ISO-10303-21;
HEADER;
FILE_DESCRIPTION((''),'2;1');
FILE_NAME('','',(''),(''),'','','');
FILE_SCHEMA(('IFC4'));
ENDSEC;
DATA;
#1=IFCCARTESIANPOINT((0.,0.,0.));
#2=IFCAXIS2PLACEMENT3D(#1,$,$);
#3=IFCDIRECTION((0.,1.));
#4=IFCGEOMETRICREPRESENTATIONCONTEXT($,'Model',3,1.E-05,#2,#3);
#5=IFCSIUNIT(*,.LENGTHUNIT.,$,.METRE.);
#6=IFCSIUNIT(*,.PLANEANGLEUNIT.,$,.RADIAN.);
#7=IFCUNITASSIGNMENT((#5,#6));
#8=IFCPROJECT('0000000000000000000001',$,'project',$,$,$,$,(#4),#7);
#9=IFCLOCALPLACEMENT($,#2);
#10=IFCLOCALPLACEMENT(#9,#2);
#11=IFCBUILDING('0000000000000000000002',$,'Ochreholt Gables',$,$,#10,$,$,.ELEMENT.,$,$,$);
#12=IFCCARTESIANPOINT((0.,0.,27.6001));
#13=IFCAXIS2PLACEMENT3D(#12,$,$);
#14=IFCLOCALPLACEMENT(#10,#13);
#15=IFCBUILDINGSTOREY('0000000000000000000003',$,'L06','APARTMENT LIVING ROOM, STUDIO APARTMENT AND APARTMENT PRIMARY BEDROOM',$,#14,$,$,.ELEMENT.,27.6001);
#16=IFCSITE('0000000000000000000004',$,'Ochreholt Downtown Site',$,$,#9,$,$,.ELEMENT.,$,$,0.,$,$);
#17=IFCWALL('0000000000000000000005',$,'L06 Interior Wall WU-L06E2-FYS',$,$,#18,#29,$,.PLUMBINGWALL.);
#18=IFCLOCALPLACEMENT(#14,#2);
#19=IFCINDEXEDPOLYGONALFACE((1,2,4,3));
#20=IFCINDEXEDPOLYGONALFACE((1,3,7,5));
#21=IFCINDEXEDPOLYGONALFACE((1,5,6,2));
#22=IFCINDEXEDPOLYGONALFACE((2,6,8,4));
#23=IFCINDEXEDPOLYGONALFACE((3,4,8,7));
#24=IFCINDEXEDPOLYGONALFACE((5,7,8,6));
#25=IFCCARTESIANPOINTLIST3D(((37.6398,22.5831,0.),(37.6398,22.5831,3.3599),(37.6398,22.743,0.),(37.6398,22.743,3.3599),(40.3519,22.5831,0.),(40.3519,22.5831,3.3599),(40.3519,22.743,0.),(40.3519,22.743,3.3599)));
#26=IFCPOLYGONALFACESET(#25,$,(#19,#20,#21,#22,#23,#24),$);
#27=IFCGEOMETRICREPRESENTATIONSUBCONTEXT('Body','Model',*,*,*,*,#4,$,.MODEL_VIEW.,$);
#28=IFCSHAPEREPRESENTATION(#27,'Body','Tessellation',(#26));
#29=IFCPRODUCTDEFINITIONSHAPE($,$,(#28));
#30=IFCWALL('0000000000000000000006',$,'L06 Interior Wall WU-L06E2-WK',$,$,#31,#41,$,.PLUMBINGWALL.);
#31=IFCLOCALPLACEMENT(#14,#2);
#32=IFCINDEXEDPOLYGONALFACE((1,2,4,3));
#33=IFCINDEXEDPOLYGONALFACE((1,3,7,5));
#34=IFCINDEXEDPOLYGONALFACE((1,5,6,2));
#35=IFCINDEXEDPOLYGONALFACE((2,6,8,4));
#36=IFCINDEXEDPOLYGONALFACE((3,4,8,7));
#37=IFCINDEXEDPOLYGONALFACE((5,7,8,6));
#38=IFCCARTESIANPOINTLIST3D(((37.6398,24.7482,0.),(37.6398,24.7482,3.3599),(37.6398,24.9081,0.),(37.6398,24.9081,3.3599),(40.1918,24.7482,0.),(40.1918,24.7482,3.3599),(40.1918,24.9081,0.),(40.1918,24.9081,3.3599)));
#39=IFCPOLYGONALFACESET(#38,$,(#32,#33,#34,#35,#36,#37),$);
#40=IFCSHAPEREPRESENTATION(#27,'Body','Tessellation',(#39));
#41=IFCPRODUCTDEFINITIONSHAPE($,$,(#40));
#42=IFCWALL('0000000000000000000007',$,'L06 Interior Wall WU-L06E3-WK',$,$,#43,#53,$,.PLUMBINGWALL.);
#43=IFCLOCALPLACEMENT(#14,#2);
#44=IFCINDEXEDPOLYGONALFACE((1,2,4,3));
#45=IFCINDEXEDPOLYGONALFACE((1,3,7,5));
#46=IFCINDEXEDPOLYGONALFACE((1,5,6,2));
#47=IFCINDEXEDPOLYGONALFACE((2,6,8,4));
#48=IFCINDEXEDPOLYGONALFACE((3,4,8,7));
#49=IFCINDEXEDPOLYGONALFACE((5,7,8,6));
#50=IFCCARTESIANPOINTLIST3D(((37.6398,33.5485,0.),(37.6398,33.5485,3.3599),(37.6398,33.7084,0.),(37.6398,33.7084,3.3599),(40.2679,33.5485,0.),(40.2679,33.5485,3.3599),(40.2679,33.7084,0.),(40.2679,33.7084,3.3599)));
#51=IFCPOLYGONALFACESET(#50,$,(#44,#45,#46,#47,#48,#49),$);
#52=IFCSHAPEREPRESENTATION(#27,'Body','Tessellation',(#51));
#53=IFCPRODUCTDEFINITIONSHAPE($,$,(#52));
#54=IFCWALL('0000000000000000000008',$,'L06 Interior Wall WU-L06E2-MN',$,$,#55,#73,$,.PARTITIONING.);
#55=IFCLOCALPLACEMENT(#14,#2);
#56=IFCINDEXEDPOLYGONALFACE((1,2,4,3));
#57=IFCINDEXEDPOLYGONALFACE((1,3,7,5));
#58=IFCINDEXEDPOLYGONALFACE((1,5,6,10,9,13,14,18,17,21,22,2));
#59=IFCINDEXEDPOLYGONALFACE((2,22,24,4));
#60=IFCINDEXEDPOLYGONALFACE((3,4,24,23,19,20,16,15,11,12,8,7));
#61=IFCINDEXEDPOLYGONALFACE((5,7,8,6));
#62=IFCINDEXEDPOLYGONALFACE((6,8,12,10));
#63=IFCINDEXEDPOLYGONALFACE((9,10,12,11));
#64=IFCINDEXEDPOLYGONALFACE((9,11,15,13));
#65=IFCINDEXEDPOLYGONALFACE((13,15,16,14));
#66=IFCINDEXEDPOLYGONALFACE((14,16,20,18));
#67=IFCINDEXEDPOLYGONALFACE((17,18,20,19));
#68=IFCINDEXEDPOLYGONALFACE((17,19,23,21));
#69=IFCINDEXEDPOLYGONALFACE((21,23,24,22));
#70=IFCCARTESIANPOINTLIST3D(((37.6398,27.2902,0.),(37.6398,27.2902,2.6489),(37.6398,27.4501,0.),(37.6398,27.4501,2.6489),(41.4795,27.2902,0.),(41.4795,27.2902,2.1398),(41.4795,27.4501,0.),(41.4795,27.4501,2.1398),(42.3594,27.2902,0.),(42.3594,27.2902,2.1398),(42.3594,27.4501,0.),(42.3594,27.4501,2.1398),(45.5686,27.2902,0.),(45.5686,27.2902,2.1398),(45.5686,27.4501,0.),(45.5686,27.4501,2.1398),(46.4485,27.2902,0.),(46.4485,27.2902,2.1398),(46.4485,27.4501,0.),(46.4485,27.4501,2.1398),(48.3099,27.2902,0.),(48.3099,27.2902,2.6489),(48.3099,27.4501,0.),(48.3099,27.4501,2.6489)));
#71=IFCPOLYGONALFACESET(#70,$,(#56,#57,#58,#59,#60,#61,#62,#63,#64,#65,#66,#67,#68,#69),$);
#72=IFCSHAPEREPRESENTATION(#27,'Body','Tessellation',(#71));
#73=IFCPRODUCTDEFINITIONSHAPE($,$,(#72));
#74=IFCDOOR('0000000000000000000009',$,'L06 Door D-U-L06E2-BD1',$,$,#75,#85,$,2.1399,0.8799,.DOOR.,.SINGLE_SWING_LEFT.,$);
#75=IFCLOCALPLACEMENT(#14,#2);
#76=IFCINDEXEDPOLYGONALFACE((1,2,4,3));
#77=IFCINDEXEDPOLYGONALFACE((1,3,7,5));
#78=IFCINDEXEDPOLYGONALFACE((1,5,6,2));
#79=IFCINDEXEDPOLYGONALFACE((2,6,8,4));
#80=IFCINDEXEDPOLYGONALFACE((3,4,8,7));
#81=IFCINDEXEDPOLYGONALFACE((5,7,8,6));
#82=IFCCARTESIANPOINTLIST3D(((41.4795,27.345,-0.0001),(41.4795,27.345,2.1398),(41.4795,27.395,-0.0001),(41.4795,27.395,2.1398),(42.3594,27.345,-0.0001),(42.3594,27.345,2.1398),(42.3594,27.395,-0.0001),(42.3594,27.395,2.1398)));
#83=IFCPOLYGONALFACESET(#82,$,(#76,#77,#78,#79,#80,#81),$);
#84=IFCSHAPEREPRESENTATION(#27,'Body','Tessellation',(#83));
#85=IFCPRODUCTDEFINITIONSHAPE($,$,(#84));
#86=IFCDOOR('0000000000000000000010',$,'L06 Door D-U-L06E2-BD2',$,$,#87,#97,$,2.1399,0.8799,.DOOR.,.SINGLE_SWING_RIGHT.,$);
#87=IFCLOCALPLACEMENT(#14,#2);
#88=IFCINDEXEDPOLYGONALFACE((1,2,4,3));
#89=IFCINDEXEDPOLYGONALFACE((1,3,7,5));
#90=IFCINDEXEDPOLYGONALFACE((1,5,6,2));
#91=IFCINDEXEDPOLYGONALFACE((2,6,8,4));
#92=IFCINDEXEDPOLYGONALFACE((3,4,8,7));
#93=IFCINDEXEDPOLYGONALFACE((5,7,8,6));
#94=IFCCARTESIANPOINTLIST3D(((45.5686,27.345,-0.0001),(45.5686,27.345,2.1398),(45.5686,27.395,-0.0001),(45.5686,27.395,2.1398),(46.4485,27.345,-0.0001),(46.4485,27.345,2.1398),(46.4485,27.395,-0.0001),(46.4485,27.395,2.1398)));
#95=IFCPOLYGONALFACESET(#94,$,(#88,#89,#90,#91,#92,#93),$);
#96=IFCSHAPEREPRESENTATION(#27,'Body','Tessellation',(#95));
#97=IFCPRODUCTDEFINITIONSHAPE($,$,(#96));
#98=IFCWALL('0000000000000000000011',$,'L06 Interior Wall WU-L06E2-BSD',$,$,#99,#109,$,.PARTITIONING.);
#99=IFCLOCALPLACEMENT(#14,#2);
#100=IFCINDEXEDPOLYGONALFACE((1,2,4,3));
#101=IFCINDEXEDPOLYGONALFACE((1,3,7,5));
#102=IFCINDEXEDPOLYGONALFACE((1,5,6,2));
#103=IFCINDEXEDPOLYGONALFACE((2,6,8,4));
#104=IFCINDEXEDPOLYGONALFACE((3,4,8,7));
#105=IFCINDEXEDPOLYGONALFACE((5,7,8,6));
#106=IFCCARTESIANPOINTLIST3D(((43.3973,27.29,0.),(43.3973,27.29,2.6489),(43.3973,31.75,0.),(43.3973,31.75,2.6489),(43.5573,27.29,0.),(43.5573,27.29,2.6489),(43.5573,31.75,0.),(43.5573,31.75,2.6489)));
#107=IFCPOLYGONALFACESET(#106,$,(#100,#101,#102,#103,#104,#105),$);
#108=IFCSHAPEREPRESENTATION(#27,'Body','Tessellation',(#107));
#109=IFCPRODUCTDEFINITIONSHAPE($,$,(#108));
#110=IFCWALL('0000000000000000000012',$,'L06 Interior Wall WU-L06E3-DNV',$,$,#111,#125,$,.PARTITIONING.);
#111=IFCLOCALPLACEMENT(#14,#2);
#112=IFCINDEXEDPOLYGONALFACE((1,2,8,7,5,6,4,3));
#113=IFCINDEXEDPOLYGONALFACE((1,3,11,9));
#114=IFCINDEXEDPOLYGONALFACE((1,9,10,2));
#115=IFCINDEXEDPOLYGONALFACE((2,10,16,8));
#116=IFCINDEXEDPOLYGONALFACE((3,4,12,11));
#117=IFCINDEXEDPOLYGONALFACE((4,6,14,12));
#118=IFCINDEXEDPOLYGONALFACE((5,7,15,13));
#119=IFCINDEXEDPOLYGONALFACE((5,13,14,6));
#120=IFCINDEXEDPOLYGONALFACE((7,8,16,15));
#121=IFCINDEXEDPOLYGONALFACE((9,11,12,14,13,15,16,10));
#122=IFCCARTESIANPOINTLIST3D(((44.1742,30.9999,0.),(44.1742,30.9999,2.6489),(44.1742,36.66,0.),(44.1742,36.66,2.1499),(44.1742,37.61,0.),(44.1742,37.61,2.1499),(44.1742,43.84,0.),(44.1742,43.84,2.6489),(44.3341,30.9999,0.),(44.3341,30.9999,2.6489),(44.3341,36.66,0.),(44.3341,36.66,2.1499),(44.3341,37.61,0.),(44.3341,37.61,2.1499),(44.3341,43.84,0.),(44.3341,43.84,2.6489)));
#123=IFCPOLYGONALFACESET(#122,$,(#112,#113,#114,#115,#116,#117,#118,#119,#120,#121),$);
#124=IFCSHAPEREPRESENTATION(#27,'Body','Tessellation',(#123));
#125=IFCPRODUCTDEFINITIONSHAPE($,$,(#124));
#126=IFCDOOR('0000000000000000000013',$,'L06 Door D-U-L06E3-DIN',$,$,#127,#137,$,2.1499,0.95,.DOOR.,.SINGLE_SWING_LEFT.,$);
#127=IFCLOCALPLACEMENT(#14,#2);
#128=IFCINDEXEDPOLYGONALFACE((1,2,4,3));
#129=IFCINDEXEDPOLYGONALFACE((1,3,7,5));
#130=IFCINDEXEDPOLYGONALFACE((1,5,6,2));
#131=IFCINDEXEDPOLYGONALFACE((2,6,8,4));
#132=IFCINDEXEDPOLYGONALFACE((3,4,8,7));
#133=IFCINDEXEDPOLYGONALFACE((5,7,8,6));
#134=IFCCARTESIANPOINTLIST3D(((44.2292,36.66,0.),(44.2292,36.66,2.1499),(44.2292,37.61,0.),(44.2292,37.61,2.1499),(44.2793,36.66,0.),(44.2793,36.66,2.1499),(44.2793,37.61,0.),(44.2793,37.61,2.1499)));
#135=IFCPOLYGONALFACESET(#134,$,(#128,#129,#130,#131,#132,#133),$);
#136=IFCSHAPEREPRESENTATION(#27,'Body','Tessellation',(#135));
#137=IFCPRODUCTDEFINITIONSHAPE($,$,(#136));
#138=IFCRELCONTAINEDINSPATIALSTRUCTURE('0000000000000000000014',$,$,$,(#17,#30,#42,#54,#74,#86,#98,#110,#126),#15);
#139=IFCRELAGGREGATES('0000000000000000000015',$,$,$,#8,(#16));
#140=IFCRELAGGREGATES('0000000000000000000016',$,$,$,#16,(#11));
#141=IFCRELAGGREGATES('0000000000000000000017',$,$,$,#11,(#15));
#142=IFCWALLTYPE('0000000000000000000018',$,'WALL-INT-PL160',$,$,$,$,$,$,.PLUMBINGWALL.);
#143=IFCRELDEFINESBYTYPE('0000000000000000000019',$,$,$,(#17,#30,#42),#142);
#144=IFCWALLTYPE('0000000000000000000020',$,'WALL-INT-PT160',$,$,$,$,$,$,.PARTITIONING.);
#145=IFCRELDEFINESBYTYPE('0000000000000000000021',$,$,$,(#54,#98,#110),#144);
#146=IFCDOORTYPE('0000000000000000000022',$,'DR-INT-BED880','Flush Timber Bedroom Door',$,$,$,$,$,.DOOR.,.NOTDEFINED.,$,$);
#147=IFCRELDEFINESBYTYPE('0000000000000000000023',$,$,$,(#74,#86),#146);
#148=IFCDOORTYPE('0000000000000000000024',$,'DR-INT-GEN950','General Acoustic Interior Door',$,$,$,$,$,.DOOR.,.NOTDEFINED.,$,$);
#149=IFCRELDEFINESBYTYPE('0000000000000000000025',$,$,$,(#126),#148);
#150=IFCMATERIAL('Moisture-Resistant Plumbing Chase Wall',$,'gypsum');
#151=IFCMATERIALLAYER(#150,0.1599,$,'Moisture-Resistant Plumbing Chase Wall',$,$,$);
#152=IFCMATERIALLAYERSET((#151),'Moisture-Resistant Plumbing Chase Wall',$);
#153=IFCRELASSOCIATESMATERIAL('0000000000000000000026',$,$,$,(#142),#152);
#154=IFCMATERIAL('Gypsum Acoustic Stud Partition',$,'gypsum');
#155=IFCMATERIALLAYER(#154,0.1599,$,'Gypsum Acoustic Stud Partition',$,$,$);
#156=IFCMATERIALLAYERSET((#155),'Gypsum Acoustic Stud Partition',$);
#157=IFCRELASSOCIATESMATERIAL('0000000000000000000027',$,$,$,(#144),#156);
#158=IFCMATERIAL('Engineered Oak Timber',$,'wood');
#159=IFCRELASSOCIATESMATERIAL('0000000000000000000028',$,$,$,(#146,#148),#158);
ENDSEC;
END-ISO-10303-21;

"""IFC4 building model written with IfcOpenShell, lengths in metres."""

from ifc_helpers import new_model, si_unit, direction, frame, frame_2d, origin, place, context, subcontext, project, spatial, rectangle, extrude, material, layer, layer_set, type_object, element, fill, save


model = new_model("IFC4")

# Units and contexts
model_context = context("Model", 3, precision=1e-05, world=origin(), true_north=direction((0.0, 1.0)))
body_context = subcontext(model_context, "Body", "Model", "MODEL_VIEW")
ifc_project = project(units=[si_unit("LENGTHUNIT", "METRE"), si_unit("PLANEANGLEUNIT", "RADIAN")], contexts=[model_context])

# Site, building, storey
site_placement = place(None, origin())
site = spatial("IfcSite", under=ifc_project, at=site_placement, Name="Ochreholt Downtown Site", CompositionType="ELEMENT", RefElevation=0.0)
building_placement = place(site_placement, origin())
building = spatial("IfcBuilding", under=site, at=building_placement, Name="Ochreholt Gables", CompositionType="ELEMENT")
storey_placement = place(building_placement, frame((0.0, 0.0, 27.6001)))
storey = spatial("IfcBuildingStorey", under=building, at=storey_placement, Name="L06", Description="APARTMENT LIVING ROOM, STUDIO APARTMENT AND APARTMENT PRIMARY BEDROOM", CompositionType="ELEMENT", Elevation=27.6001)

# Wall
ifc_material_1 = material(Name="Moisture-Resistant Plumbing Chase Wall", Category="gypsum")
ifc_layer_1 = layer(ifc_material_1, 0.1599, Name="Moisture-Resistant Plumbing Chase Wall")
ifc_layer_set_1 = layer_set([ifc_layer_1], Name="Moisture-Resistant Plumbing Chase Wall")
wall_type_1 = type_object("IfcWallType", Name="WALL-INT-PL160", PredefinedType="PLUMBINGWALL", material=ifc_layer_set_1)
wall_1_placement = place(storey_placement, frame((37.6399, 22.6631, 0.0), z_axis=(0.0, 0.0, 1.0), x_axis=(1.0, 0.0, 0.0)))
element("IfcWall", 1, at=wall_1_placement, inside=storey, type_object=wall_type_1, Name="L06 Interior Wall WU-L06E2-FYS", PredefinedType="PLUMBINGWALL", context=body_context, shape_type="SweptSolid", body=[
    extrude(rectangle(XDim=2.7122, YDim=0.1599, at=frame_2d((1.356, 0.0))), origin(), (0.0, 0.0, 1.0), 3.3599),
])

# Shared definitions
ifc_material_2 = material(Name="Engineered Oak Timber", Category="wood")

# Wall
wall_2_placement = place(storey_placement, frame((37.6399, 24.8281, 0.0), z_axis=(0.0, 0.0, 1.0), x_axis=(1.0, 0.0, 0.0)))
element("IfcWall", 2, at=wall_2_placement, inside=storey, type_object=wall_type_1, Name="L06 Interior Wall WU-L06E2-WK", PredefinedType="PLUMBINGWALL", context=body_context, shape_type="SweptSolid", body=[
    extrude(rectangle(XDim=2.552, YDim=0.1599, at=frame_2d((1.2759, 0.0))), origin(), (0.0, 0.0, 1.0), 3.3599),
])

# Wall
wall_3_placement = place(storey_placement, frame((37.6399, 33.6284, 0.0), z_axis=(0.0, 0.0, 1.0), x_axis=(1.0, 0.0, 0.0)))
element("IfcWall", 3, at=wall_3_placement, inside=storey, type_object=wall_type_1, Name="L06 Interior Wall WU-L06E3-WK", PredefinedType="PLUMBINGWALL", context=body_context, shape_type="SweptSolid", body=[
    extrude(rectangle(XDim=2.6282, YDim=0.1599, at=frame_2d((1.314, 0.0))), origin(), (0.0, 0.0, 1.0), 3.3599),
])

# Wall, openings, doors
ifc_material_3 = material(Name="Gypsum Acoustic Stud Partition", Category="gypsum")
ifc_layer_2 = layer(ifc_material_3, 0.1599, Name="Gypsum Acoustic Stud Partition")
ifc_layer_set_2 = layer_set([ifc_layer_2], Name="Gypsum Acoustic Stud Partition")
wall_type_2 = type_object("IfcWallType", Name="WALL-INT-PT160", PredefinedType="PARTITIONING", material=ifc_layer_set_2)
wall_4_placement = place(storey_placement, frame((37.6399, 27.3701, 0.0), z_axis=(0.0, 0.0, 1.0), x_axis=(1.0, 0.0, 0.0)))
wall_4 = element("IfcWall", 4, at=wall_4_placement, inside=storey, type_object=wall_type_2, Name="L06 Interior Wall WU-L06E2-MN", PredefinedType="PARTITIONING", context=body_context, shape_type="SweptSolid", body=[
    extrude(rectangle(XDim=10.6702, YDim=0.1599, at=frame_2d((5.335, 0.0))), origin(), (0.0, 0.0, 1.0), 2.6489),
])
opening_1_placement = place(wall_4_placement, frame((3.8396, 0.0, 0.0)))
opening_1 = element("IfcOpeningElement", 5, at=opening_1_placement, cuts=wall_4, PredefinedType="OPENING", context=body_context, shape_type="SweptSolid", body=[
    extrude(rectangle(XDim=0.8799, YDim=2.1399, at=frame_2d((0.4399, 1.0698))), frame((0.0, 0.0898, 0.0), z_axis=(0.0, -1.0, 0.0), x_axis=(1.0, 0.0, 0.0)), (0.0, 0.0, 1.0), 0.1799),
])
opening_2_placement = place(wall_4_placement, frame((7.9287, 0.0, 0.0)))
opening_2 = element("IfcOpeningElement", 6, at=opening_2_placement, cuts=wall_4, PredefinedType="OPENING", context=body_context, shape_type="SweptSolid", body=[
    extrude(rectangle(XDim=0.8799, YDim=2.1399, at=frame_2d((0.4399, 1.0698))), frame((0.0, 0.0898, 0.0), z_axis=(0.0, -1.0, 0.0), x_axis=(1.0, 0.0, 0.0)), (0.0, 0.0, 1.0), 0.1799),
])
door_type_1 = type_object("IfcDoorType", Name="DR-INT-BED880", Description="Flush Timber Bedroom Door", OperationType="NOTDEFINED", PredefinedType="DOOR", material=ifc_material_2)
door_1_placement = place(opening_1_placement, origin())
door_1 = element("IfcDoor", 7, at=door_1_placement, inside=storey, type_object=door_type_1, Name="L06 Door D-U-L06E2-BD1", OperationType="SINGLE_SWING_LEFT", OverallHeight=2.1399, OverallWidth=0.8799, PredefinedType="DOOR", context=body_context, shape_type="SweptSolid", body=[
    extrude(rectangle(XDim=0.8799, YDim=2.1399, at=frame_2d((0.4399, 1.0698))), frame((0.0, 0.0249, 0.0), z_axis=(0.0, -1.0, 0.0), x_axis=(1.0, 0.0, 0.0)), (0.0, 0.0, 1.0), 0.05),
])
fill(opening_1, door_1)
door_2_placement = place(opening_2_placement, origin())
door_2 = element("IfcDoor", 8, at=door_2_placement, inside=storey, type_object=door_type_1, Name="L06 Door D-U-L06E2-BD2", OperationType="SINGLE_SWING_RIGHT", OverallHeight=2.1399, OverallWidth=0.8799, PredefinedType="DOOR", context=body_context, shape_type="SweptSolid", body=[
    extrude(rectangle(XDim=0.8799, YDim=2.1399, at=frame_2d((0.4399, 1.0698))), frame((0.0, 0.0249, 0.0), z_axis=(0.0, -1.0, 0.0), x_axis=(1.0, 0.0, 0.0)), (0.0, 0.0, 1.0), 0.05),
])
fill(opening_2, door_2)

# Wall
wall_5_placement = place(storey_placement, frame((43.4773, 27.29, 0.0), z_axis=(0.0, 0.0, 1.0), x_axis=(0.0, 1.0, 0.0)))
element("IfcWall", 9, at=wall_5_placement, inside=storey, type_object=wall_type_2, Name="L06 Interior Wall WU-L06E2-BSD", PredefinedType="PARTITIONING", context=body_context, shape_type="SweptSolid", body=[
    extrude(rectangle(XDim=4.46, YDim=0.1599, at=frame_2d((2.23, 0.0))), origin(), (0.0, 0.0, 1.0), 2.6489),
])

# Wall, opening, door
wall_6_placement = place(storey_placement, frame((44.2542, 31.0, 0.0), z_axis=(0.0, 0.0, 1.0), x_axis=(0.0, 1.0, 0.0)))
wall_6 = element("IfcWall", 10, at=wall_6_placement, inside=storey, type_object=wall_type_2, Name="L06 Interior Wall WU-L06E3-DNV", PredefinedType="PARTITIONING", context=body_context, shape_type="SweptSolid", body=[
    extrude(rectangle(XDim=12.8401, YDim=0.1599, at=frame_2d((6.4199, 0.0))), origin(), (0.0, 0.0, 1.0), 2.6489),
])
opening_3_placement = place(wall_6_placement, frame((5.6599, 0.0, 0.0)))
opening_3 = element("IfcOpeningElement", 11, at=opening_3_placement, cuts=wall_6, PredefinedType="OPENING", context=body_context, shape_type="SweptSolid", body=[
    extrude(rectangle(XDim=0.95, YDim=2.1499, at=frame_2d((0.4751, 1.075))), frame((0.0, 0.0898, 0.0), z_axis=(0.0, -1.0, 0.0), x_axis=(1.0, 0.0, 0.0)), (0.0, 0.0, 1.0), 0.1799),
])
door_type_2 = type_object("IfcDoorType", Name="DR-INT-GEN950", Description="General Acoustic Interior Door", OperationType="NOTDEFINED", PredefinedType="DOOR", material=ifc_material_2)
door_3_placement = place(opening_3_placement, origin())
door_3 = element("IfcDoor", 12, at=door_3_placement, inside=storey, type_object=door_type_2, Name="L06 Door D-U-L06E3-DIN", OperationType="SINGLE_SWING_LEFT", OverallHeight=2.1499, OverallWidth=0.95, PredefinedType="DOOR", context=body_context, shape_type="SweptSolid", body=[
    extrude(rectangle(XDim=0.95, YDim=2.1499, at=frame_2d((0.4751, 1.075))), frame((0.0, 0.0249, 0.0), z_axis=(0.0, -1.0, 0.0), x_axis=(1.0, 0.0, 0.0)), (0.0, 0.0, 1.0), 0.05),
])
fill(opening_3, door_3)

save(model, "model.ifc")
